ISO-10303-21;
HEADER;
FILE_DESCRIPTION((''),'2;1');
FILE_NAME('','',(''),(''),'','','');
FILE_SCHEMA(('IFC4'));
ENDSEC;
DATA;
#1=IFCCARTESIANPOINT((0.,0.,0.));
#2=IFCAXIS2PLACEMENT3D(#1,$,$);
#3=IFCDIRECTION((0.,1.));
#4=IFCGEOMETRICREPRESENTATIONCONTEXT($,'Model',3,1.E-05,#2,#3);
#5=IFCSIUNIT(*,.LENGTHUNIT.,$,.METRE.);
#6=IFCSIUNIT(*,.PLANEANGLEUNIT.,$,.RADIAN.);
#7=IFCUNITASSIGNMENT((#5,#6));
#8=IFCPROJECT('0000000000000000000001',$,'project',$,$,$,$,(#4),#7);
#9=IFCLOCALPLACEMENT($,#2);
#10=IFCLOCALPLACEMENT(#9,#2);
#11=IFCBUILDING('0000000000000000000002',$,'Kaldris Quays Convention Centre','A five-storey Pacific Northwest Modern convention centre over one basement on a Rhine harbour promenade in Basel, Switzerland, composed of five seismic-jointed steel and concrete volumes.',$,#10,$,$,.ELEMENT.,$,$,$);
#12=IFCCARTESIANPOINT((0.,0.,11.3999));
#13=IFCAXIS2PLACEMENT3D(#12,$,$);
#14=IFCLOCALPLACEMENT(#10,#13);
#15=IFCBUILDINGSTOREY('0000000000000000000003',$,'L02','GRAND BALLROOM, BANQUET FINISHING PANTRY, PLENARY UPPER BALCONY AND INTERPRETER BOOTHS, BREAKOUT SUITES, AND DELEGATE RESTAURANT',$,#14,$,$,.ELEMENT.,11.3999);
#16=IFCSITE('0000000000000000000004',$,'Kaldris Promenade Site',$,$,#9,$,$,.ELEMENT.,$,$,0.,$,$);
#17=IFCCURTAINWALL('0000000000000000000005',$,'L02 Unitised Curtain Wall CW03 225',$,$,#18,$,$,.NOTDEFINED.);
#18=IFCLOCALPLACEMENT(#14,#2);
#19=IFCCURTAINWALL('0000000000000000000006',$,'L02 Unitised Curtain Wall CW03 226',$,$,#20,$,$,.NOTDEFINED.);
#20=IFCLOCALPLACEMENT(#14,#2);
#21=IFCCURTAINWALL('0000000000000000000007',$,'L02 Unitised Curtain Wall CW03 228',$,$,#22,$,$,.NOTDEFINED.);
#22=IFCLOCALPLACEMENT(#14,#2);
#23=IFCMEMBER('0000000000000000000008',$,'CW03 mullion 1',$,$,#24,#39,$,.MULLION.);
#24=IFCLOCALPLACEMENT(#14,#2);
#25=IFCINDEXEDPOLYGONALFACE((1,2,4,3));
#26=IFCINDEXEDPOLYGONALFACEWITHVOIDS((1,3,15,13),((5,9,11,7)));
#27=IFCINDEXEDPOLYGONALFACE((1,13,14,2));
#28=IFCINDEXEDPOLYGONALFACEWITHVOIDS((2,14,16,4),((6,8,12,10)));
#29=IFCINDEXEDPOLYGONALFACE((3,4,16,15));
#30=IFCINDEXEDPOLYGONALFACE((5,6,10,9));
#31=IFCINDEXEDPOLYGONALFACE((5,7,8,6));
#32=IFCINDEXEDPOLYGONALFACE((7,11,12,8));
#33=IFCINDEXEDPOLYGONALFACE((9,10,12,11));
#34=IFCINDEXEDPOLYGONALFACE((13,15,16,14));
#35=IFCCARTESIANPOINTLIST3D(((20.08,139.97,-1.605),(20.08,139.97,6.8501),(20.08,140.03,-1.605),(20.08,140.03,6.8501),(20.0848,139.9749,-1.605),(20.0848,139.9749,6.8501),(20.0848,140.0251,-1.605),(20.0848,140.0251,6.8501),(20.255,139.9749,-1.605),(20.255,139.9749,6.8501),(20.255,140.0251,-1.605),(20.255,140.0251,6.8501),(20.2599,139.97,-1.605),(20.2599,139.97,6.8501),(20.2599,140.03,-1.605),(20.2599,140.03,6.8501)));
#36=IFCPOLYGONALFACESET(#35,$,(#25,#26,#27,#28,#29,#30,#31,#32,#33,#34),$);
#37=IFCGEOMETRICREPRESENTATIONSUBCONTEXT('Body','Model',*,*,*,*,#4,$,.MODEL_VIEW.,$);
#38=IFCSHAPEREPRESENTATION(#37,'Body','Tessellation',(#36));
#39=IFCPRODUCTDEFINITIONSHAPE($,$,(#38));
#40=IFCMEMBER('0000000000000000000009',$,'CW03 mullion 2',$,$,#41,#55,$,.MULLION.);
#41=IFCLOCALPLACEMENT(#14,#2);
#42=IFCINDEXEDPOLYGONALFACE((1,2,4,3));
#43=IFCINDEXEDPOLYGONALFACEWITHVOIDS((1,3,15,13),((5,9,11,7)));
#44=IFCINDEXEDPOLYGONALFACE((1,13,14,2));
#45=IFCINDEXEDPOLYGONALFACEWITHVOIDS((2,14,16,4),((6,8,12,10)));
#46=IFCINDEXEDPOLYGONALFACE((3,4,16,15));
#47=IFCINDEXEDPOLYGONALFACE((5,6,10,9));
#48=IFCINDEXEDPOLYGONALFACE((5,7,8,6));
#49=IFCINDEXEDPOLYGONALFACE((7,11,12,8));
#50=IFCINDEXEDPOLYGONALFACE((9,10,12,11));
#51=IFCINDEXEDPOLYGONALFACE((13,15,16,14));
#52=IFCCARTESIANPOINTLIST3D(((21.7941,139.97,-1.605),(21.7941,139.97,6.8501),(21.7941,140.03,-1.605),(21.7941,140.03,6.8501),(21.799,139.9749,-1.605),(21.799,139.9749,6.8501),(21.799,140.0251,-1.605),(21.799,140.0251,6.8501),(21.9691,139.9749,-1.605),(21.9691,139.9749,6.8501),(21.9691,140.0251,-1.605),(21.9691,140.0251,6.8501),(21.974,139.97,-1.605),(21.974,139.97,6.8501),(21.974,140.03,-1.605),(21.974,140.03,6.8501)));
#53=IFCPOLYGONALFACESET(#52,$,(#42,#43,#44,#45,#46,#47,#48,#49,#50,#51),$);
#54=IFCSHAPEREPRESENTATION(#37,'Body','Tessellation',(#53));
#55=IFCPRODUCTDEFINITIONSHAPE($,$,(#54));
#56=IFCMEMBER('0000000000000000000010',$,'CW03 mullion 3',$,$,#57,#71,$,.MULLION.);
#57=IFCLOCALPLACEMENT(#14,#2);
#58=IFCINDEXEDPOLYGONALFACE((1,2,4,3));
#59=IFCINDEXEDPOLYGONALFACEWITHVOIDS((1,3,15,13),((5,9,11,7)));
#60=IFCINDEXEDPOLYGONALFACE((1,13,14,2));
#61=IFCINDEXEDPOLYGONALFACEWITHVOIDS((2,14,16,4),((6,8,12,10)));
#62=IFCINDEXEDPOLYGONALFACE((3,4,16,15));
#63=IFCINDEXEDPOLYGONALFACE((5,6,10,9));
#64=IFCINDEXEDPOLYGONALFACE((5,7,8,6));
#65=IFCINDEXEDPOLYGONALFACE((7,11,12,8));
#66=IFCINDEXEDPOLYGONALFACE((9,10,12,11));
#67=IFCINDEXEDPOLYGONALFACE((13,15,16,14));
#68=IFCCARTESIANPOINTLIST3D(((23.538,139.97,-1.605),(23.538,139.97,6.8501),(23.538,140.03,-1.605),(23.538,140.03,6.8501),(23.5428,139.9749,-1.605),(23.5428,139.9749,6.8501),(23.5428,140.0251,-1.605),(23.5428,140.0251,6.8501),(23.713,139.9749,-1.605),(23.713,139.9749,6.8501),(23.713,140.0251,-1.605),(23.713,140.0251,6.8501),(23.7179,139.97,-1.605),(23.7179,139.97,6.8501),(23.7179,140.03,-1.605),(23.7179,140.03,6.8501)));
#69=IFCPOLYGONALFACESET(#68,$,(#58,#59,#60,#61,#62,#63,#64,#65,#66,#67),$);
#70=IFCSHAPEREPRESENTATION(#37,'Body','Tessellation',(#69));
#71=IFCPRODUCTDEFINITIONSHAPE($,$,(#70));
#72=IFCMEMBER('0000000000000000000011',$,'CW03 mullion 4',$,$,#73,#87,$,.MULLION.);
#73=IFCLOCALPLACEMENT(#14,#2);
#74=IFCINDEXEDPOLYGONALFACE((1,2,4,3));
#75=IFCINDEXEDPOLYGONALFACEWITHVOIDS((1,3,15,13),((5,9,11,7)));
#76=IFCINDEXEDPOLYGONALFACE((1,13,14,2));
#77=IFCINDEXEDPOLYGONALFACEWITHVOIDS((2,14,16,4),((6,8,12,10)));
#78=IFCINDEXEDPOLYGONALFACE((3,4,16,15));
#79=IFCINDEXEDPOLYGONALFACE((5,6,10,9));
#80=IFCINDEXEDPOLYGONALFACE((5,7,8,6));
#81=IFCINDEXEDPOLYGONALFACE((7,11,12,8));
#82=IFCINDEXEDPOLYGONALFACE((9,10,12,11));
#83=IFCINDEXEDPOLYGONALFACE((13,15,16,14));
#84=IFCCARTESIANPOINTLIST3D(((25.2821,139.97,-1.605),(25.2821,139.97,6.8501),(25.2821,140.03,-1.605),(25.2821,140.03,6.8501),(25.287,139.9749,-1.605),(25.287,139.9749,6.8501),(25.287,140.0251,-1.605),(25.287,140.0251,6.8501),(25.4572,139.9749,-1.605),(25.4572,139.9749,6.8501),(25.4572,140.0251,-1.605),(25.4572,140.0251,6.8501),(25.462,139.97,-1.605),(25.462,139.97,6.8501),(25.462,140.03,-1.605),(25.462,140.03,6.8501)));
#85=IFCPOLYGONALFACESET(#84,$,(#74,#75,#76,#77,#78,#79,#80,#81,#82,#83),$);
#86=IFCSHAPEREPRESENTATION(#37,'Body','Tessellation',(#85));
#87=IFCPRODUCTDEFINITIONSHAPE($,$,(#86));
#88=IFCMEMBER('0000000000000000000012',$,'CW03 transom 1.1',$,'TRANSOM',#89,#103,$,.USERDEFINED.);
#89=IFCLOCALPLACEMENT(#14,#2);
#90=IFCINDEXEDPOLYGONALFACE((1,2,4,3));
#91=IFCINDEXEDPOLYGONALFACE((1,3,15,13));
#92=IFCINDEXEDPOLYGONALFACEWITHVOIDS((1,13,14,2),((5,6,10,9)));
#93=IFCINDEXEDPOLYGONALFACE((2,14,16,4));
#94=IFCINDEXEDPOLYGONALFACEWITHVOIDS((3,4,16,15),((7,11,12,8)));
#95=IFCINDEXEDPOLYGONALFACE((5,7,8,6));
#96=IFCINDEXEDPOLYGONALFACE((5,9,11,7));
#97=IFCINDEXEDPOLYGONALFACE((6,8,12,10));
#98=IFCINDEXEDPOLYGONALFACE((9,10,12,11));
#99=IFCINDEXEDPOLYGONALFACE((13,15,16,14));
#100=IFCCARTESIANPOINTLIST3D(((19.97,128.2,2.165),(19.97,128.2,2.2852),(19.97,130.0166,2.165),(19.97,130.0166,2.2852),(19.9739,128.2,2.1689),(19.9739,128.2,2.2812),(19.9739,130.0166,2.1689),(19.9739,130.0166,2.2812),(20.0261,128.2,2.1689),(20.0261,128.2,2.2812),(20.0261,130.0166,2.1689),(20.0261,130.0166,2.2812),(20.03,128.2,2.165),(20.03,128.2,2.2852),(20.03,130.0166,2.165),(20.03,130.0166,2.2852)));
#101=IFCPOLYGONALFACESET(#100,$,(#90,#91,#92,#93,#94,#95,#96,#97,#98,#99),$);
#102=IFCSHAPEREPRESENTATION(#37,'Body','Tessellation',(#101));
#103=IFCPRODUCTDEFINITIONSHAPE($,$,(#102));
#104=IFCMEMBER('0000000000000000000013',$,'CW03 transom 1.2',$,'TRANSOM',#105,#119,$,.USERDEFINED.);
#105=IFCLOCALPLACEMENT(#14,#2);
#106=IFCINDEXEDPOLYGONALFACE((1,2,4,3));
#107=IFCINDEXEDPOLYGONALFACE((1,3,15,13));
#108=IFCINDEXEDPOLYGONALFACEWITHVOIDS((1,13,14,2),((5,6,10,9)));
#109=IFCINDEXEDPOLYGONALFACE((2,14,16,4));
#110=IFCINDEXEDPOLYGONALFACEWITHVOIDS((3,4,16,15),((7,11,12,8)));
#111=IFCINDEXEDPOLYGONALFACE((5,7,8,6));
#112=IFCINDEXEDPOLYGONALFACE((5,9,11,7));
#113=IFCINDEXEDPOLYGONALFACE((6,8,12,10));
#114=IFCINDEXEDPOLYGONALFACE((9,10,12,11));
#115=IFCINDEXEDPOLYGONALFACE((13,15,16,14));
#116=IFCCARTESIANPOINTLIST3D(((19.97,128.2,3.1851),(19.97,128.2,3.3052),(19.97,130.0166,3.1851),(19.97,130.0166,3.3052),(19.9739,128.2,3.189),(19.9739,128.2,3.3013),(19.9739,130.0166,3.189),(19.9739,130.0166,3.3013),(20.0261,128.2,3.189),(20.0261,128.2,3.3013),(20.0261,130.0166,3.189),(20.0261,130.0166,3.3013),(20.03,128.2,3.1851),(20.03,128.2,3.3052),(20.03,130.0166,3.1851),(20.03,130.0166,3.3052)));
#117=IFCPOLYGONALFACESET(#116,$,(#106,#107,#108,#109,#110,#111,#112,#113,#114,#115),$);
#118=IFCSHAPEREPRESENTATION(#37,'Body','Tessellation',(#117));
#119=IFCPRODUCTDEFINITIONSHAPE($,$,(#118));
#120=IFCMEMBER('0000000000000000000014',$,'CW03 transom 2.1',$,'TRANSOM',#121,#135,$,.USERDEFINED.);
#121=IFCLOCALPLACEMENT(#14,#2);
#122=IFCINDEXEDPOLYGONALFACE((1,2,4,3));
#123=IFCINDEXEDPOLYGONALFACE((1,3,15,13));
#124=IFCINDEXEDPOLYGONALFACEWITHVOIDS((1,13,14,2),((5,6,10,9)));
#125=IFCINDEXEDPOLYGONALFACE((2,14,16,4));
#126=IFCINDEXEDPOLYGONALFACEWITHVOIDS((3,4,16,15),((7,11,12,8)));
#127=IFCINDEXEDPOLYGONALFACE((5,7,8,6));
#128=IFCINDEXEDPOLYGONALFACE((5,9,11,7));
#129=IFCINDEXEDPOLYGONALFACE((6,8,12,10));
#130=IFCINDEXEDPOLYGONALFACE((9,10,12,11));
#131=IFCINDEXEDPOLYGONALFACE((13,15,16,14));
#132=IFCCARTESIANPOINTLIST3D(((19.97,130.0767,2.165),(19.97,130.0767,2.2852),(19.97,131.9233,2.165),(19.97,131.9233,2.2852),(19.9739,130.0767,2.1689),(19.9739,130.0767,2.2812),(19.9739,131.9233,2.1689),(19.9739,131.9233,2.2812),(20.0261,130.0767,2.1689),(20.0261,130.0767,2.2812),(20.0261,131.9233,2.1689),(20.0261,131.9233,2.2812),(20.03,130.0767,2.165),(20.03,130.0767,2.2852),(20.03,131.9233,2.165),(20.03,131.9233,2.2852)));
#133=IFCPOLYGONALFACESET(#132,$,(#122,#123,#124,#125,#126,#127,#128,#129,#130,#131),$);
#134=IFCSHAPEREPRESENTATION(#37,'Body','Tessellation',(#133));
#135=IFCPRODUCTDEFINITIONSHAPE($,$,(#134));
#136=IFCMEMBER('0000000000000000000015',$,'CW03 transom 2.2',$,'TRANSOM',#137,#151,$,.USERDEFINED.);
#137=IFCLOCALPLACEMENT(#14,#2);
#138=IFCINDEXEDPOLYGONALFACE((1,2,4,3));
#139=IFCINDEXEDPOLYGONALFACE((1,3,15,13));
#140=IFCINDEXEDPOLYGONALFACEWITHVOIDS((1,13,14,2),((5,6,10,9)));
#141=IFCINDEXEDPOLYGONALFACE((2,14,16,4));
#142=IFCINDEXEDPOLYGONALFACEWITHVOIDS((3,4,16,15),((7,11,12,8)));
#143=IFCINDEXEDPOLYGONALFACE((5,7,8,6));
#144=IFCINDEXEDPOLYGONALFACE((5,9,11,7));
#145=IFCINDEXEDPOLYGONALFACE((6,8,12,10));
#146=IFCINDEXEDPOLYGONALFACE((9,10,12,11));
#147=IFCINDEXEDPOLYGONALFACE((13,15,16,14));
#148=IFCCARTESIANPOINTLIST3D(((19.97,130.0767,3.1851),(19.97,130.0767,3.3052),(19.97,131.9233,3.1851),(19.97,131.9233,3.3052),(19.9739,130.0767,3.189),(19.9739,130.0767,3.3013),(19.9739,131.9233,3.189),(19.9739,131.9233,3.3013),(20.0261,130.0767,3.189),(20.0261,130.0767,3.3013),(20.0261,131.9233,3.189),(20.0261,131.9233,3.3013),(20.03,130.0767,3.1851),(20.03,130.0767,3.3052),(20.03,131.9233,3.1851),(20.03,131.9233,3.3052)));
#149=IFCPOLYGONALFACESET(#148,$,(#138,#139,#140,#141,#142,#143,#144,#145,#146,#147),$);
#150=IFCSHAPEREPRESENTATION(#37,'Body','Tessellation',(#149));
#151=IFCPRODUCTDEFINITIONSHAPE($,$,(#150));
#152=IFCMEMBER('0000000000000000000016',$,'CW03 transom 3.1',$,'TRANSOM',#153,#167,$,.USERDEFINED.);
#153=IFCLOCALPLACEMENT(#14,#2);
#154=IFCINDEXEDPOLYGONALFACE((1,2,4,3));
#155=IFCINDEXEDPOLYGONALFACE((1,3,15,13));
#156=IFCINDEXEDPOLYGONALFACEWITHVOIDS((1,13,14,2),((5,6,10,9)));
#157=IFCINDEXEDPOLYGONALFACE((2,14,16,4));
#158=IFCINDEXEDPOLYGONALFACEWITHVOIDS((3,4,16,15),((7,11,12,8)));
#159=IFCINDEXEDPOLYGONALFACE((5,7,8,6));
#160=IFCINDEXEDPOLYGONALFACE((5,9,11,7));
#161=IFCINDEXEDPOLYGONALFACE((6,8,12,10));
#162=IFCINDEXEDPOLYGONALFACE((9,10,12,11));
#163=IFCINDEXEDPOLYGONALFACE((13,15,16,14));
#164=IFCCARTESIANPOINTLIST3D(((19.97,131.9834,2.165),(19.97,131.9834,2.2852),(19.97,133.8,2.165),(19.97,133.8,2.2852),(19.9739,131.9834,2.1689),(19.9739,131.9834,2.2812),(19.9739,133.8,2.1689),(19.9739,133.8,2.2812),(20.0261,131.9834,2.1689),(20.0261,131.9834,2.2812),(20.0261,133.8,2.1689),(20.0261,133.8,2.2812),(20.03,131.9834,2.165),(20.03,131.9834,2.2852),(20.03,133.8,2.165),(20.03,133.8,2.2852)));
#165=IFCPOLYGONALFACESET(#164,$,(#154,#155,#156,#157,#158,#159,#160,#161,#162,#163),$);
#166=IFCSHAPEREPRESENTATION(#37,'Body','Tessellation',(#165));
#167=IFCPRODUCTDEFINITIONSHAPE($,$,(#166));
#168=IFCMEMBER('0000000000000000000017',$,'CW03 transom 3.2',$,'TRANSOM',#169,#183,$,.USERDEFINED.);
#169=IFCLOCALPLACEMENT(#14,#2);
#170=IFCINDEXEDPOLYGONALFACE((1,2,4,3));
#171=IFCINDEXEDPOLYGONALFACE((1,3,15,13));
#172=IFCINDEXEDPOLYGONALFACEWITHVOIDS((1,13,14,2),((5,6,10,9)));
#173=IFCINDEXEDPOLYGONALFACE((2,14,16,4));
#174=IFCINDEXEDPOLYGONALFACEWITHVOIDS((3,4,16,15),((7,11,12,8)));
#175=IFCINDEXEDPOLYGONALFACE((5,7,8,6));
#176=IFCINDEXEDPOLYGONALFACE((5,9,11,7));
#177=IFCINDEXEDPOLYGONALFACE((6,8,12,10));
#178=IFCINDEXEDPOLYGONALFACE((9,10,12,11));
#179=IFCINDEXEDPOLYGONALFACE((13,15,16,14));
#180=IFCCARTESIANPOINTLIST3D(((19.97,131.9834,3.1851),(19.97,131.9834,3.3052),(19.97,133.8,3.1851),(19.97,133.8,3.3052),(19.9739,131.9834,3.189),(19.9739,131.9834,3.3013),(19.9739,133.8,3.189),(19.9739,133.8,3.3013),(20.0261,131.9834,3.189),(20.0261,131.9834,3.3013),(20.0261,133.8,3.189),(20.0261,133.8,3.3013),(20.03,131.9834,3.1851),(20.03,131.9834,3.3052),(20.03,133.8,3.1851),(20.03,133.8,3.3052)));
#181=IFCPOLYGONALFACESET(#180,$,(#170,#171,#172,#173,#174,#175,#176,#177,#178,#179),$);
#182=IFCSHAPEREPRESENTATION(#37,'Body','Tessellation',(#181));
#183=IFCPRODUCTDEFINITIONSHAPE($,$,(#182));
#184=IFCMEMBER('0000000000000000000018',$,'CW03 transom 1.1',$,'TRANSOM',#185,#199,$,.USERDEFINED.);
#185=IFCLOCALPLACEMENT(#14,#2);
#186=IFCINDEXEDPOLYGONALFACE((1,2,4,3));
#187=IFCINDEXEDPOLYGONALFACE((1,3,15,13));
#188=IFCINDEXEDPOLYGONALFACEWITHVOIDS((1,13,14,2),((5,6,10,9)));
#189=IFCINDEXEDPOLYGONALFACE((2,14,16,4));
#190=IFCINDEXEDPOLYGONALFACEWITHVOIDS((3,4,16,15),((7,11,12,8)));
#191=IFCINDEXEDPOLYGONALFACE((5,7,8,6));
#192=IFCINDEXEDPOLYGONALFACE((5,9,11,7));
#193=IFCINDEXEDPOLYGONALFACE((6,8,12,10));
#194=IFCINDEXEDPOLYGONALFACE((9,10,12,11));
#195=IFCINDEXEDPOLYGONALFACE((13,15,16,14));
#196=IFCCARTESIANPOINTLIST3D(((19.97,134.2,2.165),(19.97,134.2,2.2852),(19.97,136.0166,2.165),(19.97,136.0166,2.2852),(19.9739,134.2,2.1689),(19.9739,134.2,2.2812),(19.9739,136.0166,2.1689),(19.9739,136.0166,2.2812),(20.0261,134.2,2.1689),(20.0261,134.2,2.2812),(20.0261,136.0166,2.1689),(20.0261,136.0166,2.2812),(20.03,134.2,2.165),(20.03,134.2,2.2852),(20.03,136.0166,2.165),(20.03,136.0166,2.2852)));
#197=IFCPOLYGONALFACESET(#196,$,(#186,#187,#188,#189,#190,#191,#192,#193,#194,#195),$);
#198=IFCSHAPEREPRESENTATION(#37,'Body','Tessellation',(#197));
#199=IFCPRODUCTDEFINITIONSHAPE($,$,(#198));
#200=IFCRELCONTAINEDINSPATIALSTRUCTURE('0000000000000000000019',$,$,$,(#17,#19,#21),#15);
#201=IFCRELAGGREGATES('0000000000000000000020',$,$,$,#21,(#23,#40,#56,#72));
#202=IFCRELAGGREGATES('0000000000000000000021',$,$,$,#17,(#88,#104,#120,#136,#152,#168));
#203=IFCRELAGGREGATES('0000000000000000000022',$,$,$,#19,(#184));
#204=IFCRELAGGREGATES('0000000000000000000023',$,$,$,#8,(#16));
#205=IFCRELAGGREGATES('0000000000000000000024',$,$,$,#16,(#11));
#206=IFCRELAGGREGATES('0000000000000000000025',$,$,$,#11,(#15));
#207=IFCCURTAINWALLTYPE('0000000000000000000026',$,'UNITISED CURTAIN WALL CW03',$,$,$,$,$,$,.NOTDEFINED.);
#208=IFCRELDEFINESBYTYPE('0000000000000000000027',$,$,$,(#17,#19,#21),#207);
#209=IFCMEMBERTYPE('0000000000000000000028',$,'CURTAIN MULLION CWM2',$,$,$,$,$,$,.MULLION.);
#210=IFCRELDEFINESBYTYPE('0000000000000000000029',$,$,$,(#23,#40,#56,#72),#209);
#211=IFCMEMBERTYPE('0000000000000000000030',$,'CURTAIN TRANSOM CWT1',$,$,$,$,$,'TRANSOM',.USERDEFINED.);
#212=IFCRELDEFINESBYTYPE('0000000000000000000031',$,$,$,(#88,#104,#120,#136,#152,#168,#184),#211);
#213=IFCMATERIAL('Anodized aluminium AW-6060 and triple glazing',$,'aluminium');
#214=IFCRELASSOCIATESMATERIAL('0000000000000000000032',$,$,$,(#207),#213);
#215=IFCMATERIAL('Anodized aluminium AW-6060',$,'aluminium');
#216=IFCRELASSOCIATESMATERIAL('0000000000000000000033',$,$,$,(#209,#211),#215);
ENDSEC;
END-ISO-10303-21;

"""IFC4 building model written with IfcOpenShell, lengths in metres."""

from ifc_helpers import new_model, si_unit, direction, frame, origin, origin_2d, place, context, subcontext, project, spatial, hollow_rectangle, extrude, material, material_profile, profile_set, type_object, element, aggregate, save


model = new_model("IFC4")

# Units and contexts
model_context = context("Model", 3, precision=1e-05, world=origin(), true_north=direction((0.0, 1.0)))
body_context = subcontext(model_context, "Body", "Model", "MODEL_VIEW")
ifc_project = project(units=[si_unit("LENGTHUNIT", "METRE"), si_unit("PLANEANGLEUNIT", "RADIAN")], contexts=[model_context])

# Site, building, storey
site_placement = place(None, origin())
site = spatial("IfcSite", under=ifc_project, at=site_placement, Name="Kaldris Promenade Site", CompositionType="ELEMENT", RefElevation=0.0)
building_placement = place(site_placement, origin())
building = spatial("IfcBuilding", under=site, at=building_placement, Name="Kaldris Quays Convention Centre", Description="A five-storey Pacific Northwest Modern convention centre over one basement on a Rhine harbour promenade in Basel, Switzerland, composed of five seismic-jointed steel and concrete volumes.", CompositionType="ELEMENT")
storey_placement = place(building_placement, frame((0.0, 0.0, 11.3999)))
storey = spatial("IfcBuildingStorey", under=building, at=storey_placement, Name="L02", Description="GRAND BALLROOM, BANQUET FINISHING PANTRY, PLENARY UPPER BALCONY AND INTERPRETER BOOTHS, BREAKOUT SUITES, AND DELEGATE RESTAURANT", CompositionType="ELEMENT", Elevation=11.3999)

# Curtain walls, members
ifc_material_1 = material(Name="Anodized aluminium AW-6060 and triple glazing", Category="aluminium")
curtain_wall_type = type_object("IfcCurtainWallType", Name="UNITISED CURTAIN WALL CW03", PredefinedType="NOTDEFINED", material=ifc_material_1)
curtain_wall_1_placement = place(storey_placement, origin())
curtain_wall_1 = element("IfcCurtainWall", 1, at=curtain_wall_1_placement, inside=storey, type_object=curtain_wall_type, Name="L02 Unitised Curtain Wall CW03 225", PredefinedType="NOTDEFINED")
ifc_material_2 = material(Name="Anodized aluminium AW-6060", Category="aluminium")
curtain_wall_2_placement = place(storey_placement, origin())
curtain_wall_2 = element("IfcCurtainWall", 2, at=curtain_wall_2_placement, inside=storey, type_object=curtain_wall_type, Name="L02 Unitised Curtain Wall CW03 226", PredefinedType="NOTDEFINED")
curtain_wall_3_placement = place(storey_placement, origin())
curtain_wall_3 = element("IfcCurtainWall", 3, at=curtain_wall_3_placement, inside=storey, type_object=curtain_wall_type, Name="L02 Unitised Curtain Wall CW03 228", PredefinedType="NOTDEFINED")
ifc_material_profile_1 = material_profile(ifc_material_2, hollow_rectangle(XDim=0.0601, YDim=0.1799, WallThickness=0.0049, at=origin_2d()), Name="RHS 180x60x5")
ifc_profile_set_1 = profile_set([ifc_material_profile_1], Name="Anodized aluminium AW-6060")
member_type_1 = type_object("IfcMemberType", Name="CURTAIN MULLION CWM2", PredefinedType="MULLION", material=ifc_profile_set_1)
member_1_placement = place(storey_placement, frame((20.1699, 140.0, -1.605), z_axis=(0.0, 0.0, 1.0), x_axis=(0.0, 1.0, 0.0)))
member_1 = element("IfcMember", 4, at=member_1_placement, type_object=member_type_1, Name="CW03 mullion 1", PredefinedType="MULLION", context=body_context, shape_type="SweptSolid", body=[
    extrude(hollow_rectangle(XDim=0.0601, YDim=0.1799, WallThickness=0.0049, at=origin_2d()), origin(), (0.0, 0.0, 1.0), 8.4551),
])
member_2_placement = place(storey_placement, frame((21.884, 140.0, -1.605), z_axis=(0.0, 0.0, 1.0), x_axis=(0.0, 1.0, 0.0)))
member_2 = element("IfcMember", 5, at=member_2_placement, type_object=member_type_1, Name="CW03 mullion 2", PredefinedType="MULLION", context=body_context, shape_type="SweptSolid", body=[
    extrude(hollow_rectangle(XDim=0.0601, YDim=0.1799, WallThickness=0.0049, at=origin_2d()), origin(), (0.0, 0.0, 1.0), 8.4551),
])
member_3_placement = place(storey_placement, frame((23.6279, 140.0, -1.605), z_axis=(0.0, 0.0, 1.0), x_axis=(0.0, 1.0, 0.0)))
member_3 = element("IfcMember", 6, at=member_3_placement, type_object=member_type_1, Name="CW03 mullion 3", PredefinedType="MULLION", context=body_context, shape_type="SweptSolid", body=[
    extrude(hollow_rectangle(XDim=0.0601, YDim=0.1799, WallThickness=0.0049, at=origin_2d()), origin(), (0.0, 0.0, 1.0), 8.4551),
])
member_4_placement = place(storey_placement, frame((25.3721, 140.0, -1.605), z_axis=(0.0, 0.0, 1.0), x_axis=(0.0, 1.0, 0.0)))
member_4 = element("IfcMember", 7, at=member_4_placement, type_object=member_type_1, Name="CW03 mullion 4", PredefinedType="MULLION", context=body_context, shape_type="SweptSolid", body=[
    extrude(hollow_rectangle(XDim=0.0601, YDim=0.1799, WallThickness=0.0049, at=origin_2d()), origin(), (0.0, 0.0, 1.0), 8.4551),
])
aggregate(curtain_wall_3, [member_1, member_2, member_3, member_4])

# Members
ifc_material_profile_2 = material_profile(ifc_material_2, hollow_rectangle(XDim=0.0601, YDim=0.1201, WallThickness=0.0039, at=origin_2d()), Name="RHS 120x60x4")
ifc_profile_set_2 = profile_set([ifc_material_profile_2], Name="Anodized aluminium AW-6060")
member_type_2 = type_object("IfcMemberType", Name="CURTAIN TRANSOM CWT1", ElementType="TRANSOM", PredefinedType="USERDEFINED", material=ifc_profile_set_2)
member_5_placement = place(storey_placement, frame((20.0, 128.2, 2.2251), z_axis=(0.0, 1.0, 0.0), x_axis=(-1.0, 0.0, 0.0)))
member_5 = element("IfcMember", 8, at=member_5_placement, type_object=member_type_2, Name="CW03 transom 1.1", ObjectType="TRANSOM", PredefinedType="USERDEFINED", context=body_context, shape_type="SweptSolid", body=[
    extrude(hollow_rectangle(XDim=0.0601, YDim=0.1201, WallThickness=0.0039, at=origin_2d()), origin(), (0.0, 0.0, 1.0), 1.8167),
])
member_6_placement = place(storey_placement, frame((20.0, 128.2, 3.2451), z_axis=(0.0, 1.0, 0.0), x_axis=(-1.0, 0.0, 0.0)))
member_6 = element("IfcMember", 9, at=member_6_placement, type_object=member_type_2, Name="CW03 transom 1.2", ObjectType="TRANSOM", PredefinedType="USERDEFINED", context=body_context, shape_type="SweptSolid", body=[
    extrude(hollow_rectangle(XDim=0.0601, YDim=0.1201, WallThickness=0.0039, at=origin_2d()), origin(), (0.0, 0.0, 1.0), 1.8167),
])
member_7_placement = place(storey_placement, frame((20.0, 130.0767, 2.2251), z_axis=(0.0, 1.0, 0.0), x_axis=(-1.0, 0.0, 0.0)))
member_7 = element("IfcMember", 10, at=member_7_placement, type_object=member_type_2, Name="CW03 transom 2.1", ObjectType="TRANSOM", PredefinedType="USERDEFINED", context=body_context, shape_type="SweptSolid", body=[
    extrude(hollow_rectangle(XDim=0.0601, YDim=0.1201, WallThickness=0.0039, at=origin_2d()), origin(), (0.0, 0.0, 1.0), 1.8467),
])
member_8_placement = place(storey_placement, frame((20.0, 130.0767, 3.2451), z_axis=(0.0, 1.0, 0.0), x_axis=(-1.0, 0.0, 0.0)))
member_8 = element("IfcMember", 11, at=member_8_placement, type_object=member_type_2, Name="CW03 transom 2.2", ObjectType="TRANSOM", PredefinedType="USERDEFINED", context=body_context, shape_type="SweptSolid", body=[
    extrude(hollow_rectangle(XDim=0.0601, YDim=0.1201, WallThickness=0.0039, at=origin_2d()), origin(), (0.0, 0.0, 1.0), 1.8467),
])
member_9_placement = place(storey_placement, frame((20.0, 131.9834, 2.2251), z_axis=(0.0, 1.0, 0.0), x_axis=(-1.0, 0.0, 0.0)))
member_9 = element("IfcMember", 12, at=member_9_placement, type_object=member_type_2, Name="CW03 transom 3.1", ObjectType="TRANSOM", PredefinedType="USERDEFINED", context=body_context, shape_type="SweptSolid", body=[
    extrude(hollow_rectangle(XDim=0.0601, YDim=0.1201, WallThickness=0.0039, at=origin_2d()), origin(), (0.0, 0.0, 1.0), 1.8167),
])
member_10_placement = place(storey_placement, frame((20.0, 131.9834, 3.2451), z_axis=(0.0, 1.0, 0.0), x_axis=(-1.0, 0.0, 0.0)))
member_10 = element("IfcMember", 13, at=member_10_placement, type_object=member_type_2, Name="CW03 transom 3.2", ObjectType="TRANSOM", PredefinedType="USERDEFINED", context=body_context, shape_type="SweptSolid", body=[
    extrude(hollow_rectangle(XDim=0.0601, YDim=0.1201, WallThickness=0.0039, at=origin_2d()), origin(), (0.0, 0.0, 1.0), 1.8167),
])
member_11_placement = place(storey_placement, frame((20.0, 134.2, 2.2251), z_axis=(0.0, 1.0, 0.0), x_axis=(-1.0, 0.0, 0.0)))
member_11 = element("IfcMember", 14, at=member_11_placement, type_object=member_type_2, Name="CW03 transom 1.1", ObjectType="TRANSOM", PredefinedType="USERDEFINED", context=body_context, shape_type="SweptSolid", body=[
    extrude(hollow_rectangle(XDim=0.0601, YDim=0.1201, WallThickness=0.0039, at=origin_2d()), origin(), (0.0, 0.0, 1.0), 1.8167),
])

aggregate(curtain_wall_1, [member_5, member_6, member_7, member_8, member_9, member_10])
aggregate(curtain_wall_2, [member_11])

save(model, "model.ifc")
